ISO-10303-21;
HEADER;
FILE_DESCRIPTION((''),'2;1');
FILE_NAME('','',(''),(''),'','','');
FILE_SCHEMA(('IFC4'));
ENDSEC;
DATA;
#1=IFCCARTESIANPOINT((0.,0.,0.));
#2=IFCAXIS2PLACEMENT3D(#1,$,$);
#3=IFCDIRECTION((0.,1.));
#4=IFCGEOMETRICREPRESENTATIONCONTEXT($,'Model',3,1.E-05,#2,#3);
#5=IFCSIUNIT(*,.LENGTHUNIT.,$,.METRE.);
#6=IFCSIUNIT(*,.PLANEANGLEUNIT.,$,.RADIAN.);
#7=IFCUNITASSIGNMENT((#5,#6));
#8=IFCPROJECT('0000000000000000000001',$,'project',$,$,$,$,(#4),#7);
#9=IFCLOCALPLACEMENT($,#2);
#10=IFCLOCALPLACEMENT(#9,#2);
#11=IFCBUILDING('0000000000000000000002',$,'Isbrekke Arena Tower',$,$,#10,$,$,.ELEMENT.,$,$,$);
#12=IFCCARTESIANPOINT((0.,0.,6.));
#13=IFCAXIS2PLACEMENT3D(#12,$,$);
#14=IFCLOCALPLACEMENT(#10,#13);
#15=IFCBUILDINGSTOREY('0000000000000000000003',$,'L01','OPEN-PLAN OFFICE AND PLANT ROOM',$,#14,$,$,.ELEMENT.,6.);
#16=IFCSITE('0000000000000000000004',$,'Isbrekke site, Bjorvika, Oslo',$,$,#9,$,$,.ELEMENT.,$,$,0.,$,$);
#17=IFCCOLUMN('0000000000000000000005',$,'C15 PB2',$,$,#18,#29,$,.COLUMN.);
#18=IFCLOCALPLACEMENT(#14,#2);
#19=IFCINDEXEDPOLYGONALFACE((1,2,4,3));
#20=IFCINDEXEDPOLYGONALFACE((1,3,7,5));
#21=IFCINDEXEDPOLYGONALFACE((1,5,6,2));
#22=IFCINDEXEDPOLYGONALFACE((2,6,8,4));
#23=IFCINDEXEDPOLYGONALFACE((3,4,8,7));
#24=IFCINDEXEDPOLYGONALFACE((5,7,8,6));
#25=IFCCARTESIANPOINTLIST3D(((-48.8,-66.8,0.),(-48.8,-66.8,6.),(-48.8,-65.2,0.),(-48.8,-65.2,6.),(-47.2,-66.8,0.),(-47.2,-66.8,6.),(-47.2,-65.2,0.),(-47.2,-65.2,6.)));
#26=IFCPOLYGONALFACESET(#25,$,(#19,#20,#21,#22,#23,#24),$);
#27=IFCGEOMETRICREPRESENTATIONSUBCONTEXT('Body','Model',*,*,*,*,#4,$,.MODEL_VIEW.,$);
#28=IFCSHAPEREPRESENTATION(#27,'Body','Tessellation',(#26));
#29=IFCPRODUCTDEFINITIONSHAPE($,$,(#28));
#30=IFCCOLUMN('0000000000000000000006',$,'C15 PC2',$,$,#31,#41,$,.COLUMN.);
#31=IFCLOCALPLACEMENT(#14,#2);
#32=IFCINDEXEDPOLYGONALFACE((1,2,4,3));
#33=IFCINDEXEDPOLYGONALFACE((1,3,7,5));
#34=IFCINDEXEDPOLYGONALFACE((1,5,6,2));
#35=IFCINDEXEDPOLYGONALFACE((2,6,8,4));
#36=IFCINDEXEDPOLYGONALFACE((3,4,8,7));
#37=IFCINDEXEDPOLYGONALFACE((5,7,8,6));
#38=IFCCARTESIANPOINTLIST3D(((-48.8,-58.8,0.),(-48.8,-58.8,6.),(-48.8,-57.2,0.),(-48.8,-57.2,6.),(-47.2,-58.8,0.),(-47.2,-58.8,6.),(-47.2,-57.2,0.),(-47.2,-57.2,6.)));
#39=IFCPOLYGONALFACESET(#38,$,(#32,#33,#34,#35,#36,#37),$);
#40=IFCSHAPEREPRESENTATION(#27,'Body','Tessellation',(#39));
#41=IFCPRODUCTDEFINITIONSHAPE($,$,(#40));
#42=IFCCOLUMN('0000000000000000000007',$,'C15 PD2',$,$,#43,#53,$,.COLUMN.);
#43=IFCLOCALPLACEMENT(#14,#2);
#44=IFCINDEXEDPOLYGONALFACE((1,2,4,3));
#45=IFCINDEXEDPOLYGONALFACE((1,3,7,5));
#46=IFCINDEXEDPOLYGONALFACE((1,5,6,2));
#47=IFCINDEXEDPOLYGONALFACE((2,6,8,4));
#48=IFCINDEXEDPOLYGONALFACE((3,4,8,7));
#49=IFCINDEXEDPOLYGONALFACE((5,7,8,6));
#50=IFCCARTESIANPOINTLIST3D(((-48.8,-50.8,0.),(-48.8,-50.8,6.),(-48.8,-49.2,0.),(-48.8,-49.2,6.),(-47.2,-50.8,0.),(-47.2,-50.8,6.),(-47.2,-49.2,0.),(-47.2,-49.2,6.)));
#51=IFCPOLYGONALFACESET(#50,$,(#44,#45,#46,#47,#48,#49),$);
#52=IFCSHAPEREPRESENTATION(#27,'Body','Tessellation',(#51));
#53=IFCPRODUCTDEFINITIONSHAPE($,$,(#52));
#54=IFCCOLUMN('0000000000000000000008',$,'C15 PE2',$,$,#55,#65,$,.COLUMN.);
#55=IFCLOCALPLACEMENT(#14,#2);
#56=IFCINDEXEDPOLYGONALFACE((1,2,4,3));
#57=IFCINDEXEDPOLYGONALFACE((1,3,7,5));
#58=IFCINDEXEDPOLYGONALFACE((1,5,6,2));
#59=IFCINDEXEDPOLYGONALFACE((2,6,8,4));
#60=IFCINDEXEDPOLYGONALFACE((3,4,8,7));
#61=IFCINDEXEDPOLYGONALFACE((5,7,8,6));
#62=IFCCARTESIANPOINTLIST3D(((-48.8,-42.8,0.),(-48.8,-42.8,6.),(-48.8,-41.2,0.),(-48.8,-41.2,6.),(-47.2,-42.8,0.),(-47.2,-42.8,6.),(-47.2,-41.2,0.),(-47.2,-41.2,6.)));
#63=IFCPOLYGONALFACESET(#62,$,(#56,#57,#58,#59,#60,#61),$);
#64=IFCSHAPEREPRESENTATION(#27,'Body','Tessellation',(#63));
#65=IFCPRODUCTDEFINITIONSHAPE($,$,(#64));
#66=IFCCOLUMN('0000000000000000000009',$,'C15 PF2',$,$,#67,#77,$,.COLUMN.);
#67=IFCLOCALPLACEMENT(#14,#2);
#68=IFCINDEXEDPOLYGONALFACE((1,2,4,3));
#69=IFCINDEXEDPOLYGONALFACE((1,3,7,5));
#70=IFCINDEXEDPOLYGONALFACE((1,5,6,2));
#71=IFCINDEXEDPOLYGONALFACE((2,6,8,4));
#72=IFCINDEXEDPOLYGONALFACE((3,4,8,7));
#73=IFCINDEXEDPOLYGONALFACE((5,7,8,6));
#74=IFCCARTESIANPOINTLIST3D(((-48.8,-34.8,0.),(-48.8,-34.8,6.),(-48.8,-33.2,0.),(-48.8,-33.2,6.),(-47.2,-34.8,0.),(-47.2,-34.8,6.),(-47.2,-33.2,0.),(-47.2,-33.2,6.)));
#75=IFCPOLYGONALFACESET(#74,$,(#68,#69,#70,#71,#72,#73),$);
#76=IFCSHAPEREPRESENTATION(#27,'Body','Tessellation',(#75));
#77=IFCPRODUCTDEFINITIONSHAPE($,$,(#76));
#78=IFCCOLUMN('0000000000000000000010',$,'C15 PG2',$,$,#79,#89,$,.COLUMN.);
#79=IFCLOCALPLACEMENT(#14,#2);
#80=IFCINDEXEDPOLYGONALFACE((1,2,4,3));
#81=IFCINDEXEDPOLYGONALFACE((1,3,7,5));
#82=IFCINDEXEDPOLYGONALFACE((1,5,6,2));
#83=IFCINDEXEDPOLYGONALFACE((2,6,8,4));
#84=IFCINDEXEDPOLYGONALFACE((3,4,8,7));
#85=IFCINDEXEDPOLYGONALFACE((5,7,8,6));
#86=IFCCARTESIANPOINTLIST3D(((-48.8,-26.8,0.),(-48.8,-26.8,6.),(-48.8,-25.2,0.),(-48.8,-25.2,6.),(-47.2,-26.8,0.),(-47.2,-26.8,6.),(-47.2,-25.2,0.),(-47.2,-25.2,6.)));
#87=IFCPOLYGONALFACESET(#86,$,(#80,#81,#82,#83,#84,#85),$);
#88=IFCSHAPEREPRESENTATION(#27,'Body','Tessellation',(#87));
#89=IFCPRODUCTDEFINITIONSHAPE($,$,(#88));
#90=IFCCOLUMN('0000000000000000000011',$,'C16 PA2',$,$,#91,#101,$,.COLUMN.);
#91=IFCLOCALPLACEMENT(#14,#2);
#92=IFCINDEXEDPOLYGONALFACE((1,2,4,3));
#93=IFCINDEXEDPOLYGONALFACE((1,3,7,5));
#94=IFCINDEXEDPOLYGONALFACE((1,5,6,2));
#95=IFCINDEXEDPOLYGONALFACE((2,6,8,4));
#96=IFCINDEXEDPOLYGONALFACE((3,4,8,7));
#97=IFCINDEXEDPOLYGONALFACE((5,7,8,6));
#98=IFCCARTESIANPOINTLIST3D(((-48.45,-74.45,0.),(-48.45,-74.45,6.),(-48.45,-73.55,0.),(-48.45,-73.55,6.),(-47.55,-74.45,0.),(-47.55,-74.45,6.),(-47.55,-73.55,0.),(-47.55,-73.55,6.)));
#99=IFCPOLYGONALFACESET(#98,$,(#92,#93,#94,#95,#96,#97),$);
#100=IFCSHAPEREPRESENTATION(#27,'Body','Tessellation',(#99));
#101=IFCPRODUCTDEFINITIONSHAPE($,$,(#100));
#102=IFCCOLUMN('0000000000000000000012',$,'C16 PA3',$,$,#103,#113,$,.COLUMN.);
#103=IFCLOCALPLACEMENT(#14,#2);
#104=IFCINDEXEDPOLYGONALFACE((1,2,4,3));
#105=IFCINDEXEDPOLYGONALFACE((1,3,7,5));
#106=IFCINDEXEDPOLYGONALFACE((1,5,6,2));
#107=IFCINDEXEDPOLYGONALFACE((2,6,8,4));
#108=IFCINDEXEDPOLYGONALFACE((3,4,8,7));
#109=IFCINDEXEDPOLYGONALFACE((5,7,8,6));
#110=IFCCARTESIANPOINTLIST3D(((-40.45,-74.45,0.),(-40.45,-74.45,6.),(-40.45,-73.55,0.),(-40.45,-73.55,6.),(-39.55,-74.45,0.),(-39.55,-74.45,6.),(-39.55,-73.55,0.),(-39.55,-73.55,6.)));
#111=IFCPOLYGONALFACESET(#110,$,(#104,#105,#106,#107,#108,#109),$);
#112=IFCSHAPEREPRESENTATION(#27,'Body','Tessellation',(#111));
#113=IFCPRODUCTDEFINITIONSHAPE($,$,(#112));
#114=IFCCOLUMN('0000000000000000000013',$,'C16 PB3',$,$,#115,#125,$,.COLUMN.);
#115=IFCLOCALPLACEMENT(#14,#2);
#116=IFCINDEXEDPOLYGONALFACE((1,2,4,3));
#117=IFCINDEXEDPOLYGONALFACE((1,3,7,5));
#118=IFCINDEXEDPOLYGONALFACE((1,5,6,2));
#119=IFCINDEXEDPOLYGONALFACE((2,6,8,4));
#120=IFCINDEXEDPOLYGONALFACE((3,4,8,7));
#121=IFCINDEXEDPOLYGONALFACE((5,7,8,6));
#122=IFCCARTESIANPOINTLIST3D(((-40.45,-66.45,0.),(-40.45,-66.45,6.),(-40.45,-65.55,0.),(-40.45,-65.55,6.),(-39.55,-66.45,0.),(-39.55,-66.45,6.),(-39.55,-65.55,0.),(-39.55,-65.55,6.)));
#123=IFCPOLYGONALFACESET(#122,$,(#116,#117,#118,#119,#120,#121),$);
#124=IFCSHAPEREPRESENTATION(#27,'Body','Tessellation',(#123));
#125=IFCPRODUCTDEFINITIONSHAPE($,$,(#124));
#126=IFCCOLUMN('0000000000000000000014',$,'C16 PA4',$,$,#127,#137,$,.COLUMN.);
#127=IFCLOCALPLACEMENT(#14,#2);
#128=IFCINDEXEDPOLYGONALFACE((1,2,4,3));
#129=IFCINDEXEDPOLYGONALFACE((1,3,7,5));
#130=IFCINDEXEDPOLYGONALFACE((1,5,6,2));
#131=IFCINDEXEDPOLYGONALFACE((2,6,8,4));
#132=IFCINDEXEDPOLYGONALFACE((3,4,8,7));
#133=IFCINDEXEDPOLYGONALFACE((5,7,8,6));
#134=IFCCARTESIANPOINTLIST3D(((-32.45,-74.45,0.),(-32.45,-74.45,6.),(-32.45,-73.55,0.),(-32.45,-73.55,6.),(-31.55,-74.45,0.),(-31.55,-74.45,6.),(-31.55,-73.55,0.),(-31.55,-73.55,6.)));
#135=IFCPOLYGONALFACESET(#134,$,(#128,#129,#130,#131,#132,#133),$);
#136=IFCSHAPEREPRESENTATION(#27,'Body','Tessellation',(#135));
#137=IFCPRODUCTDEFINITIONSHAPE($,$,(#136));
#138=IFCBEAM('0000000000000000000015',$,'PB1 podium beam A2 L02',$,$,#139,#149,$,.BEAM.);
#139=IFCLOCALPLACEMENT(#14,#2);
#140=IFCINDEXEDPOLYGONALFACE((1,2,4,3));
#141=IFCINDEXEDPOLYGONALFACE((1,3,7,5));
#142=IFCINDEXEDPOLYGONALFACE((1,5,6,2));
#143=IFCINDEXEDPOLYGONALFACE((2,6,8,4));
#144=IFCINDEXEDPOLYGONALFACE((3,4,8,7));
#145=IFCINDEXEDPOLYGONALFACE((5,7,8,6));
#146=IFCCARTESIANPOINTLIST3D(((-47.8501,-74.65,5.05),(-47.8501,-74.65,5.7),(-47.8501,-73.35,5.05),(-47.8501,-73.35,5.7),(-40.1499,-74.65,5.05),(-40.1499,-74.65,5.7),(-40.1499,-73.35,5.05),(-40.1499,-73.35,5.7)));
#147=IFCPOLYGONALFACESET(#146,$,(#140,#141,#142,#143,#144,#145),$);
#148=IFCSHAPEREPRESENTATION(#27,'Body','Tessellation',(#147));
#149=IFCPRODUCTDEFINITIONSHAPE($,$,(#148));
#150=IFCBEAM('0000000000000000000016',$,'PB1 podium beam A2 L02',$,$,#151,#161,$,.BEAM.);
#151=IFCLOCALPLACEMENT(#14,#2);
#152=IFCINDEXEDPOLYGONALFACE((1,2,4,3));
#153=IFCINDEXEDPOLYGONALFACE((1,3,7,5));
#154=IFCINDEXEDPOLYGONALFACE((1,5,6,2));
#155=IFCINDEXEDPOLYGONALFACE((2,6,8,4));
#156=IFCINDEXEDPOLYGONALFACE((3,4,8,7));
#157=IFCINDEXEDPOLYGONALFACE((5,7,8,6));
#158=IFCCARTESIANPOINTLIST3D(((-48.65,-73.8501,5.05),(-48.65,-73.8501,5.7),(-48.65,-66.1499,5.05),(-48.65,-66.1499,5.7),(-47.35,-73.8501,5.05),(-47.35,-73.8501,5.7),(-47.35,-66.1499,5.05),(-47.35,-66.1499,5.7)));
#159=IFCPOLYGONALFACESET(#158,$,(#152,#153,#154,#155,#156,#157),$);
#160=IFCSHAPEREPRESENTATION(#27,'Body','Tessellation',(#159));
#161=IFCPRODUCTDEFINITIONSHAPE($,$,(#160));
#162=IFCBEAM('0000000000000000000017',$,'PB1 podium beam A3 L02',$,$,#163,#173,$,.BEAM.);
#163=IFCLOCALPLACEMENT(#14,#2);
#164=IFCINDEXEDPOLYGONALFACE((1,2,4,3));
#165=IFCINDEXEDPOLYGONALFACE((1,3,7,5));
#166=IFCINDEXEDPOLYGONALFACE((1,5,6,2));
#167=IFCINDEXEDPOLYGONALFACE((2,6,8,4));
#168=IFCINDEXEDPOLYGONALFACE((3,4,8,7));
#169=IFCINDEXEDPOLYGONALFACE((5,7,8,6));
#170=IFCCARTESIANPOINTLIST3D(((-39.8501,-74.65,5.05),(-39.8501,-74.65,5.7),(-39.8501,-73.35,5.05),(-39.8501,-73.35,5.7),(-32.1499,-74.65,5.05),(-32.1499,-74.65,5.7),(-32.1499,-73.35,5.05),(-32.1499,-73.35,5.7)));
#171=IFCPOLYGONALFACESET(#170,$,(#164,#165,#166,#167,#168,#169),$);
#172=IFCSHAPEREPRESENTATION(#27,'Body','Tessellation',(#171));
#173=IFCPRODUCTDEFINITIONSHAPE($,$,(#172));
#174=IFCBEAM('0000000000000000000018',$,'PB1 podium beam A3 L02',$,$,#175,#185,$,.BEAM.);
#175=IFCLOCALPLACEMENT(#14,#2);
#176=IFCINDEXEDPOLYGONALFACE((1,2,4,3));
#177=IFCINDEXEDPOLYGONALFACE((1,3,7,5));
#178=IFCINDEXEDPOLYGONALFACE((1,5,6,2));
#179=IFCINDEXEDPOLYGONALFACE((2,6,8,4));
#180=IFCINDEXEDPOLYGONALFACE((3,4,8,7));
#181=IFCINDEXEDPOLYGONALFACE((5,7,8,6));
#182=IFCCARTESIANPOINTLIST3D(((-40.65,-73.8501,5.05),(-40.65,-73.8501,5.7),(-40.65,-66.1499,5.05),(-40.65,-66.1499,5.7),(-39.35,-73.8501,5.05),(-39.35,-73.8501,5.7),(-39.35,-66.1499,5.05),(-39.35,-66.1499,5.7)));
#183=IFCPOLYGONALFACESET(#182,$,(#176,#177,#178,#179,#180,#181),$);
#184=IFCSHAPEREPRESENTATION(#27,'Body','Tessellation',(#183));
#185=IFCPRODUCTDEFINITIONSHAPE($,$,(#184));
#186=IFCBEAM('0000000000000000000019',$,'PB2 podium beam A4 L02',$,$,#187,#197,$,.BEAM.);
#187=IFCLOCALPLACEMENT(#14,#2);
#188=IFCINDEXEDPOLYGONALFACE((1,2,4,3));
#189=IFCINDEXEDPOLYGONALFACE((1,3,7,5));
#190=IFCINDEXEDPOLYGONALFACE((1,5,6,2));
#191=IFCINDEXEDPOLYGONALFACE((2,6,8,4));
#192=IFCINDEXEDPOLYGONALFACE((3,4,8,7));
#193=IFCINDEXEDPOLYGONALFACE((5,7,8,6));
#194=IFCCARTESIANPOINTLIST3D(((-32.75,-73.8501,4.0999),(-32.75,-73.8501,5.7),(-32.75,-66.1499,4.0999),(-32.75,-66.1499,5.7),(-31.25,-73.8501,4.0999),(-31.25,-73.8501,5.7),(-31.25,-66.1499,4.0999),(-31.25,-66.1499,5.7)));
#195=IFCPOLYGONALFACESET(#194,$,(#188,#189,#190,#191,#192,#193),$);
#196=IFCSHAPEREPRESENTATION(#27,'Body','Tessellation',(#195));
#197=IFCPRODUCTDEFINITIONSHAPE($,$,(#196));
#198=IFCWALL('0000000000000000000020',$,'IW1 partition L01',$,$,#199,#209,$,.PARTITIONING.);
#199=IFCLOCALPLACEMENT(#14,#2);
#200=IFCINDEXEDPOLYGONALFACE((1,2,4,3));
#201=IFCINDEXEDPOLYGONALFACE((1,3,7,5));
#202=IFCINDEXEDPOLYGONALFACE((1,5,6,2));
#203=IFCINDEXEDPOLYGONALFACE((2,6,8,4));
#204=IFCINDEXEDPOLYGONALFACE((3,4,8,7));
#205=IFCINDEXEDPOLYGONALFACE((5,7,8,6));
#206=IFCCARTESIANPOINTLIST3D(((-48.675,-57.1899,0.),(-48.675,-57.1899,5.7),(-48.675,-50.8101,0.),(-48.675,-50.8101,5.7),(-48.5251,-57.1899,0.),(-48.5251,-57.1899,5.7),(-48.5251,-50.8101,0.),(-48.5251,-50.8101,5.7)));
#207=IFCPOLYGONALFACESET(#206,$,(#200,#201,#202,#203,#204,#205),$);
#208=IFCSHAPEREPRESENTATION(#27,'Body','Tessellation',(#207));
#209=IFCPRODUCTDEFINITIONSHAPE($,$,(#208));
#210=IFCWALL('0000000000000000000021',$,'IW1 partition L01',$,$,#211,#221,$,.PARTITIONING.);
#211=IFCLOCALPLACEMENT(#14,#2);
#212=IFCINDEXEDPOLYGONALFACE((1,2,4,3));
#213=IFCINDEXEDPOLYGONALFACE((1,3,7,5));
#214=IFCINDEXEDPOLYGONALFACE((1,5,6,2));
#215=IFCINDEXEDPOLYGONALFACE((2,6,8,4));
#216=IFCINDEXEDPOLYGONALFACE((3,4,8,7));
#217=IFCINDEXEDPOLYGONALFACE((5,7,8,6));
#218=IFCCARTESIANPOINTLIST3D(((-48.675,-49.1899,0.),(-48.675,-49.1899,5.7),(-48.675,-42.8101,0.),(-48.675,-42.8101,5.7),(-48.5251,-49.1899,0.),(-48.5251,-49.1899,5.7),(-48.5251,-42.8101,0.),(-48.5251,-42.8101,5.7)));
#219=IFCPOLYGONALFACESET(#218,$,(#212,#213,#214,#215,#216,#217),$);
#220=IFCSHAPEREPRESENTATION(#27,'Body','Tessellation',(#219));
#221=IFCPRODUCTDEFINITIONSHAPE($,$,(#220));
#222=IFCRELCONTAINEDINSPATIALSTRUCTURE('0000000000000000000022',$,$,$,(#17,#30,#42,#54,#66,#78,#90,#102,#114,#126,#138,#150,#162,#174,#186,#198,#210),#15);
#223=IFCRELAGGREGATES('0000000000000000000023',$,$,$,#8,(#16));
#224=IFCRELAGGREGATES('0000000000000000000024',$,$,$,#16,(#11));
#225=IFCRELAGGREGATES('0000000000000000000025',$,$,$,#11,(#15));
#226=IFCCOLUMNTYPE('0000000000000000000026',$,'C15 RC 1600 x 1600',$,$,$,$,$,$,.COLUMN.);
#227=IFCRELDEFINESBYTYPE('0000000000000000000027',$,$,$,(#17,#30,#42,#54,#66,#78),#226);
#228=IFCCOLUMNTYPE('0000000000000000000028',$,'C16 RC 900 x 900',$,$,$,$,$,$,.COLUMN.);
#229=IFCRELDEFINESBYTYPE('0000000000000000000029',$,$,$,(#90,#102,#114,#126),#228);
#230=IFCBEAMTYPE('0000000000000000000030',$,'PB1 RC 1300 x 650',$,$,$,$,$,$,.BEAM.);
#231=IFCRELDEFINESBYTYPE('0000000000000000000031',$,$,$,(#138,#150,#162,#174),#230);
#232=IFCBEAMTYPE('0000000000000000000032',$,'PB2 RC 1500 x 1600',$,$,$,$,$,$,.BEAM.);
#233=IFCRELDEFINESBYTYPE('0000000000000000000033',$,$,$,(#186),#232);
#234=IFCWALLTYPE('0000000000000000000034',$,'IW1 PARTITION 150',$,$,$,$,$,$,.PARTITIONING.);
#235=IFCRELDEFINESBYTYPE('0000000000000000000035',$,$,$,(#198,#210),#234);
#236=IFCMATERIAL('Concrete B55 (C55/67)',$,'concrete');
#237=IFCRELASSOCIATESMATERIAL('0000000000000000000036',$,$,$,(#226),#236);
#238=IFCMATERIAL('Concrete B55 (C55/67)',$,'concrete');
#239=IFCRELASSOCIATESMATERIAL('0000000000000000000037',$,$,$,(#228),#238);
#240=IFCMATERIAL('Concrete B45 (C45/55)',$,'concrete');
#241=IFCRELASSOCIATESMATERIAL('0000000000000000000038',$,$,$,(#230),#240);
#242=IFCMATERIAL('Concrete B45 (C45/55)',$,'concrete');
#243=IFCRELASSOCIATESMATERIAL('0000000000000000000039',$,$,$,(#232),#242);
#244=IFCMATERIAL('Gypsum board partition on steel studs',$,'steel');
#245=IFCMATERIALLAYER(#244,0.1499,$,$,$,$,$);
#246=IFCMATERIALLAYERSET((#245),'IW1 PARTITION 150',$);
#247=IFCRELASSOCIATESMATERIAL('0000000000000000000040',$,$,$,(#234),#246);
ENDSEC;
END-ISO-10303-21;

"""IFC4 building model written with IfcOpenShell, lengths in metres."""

from ifc_helpers import new_model, si_unit, direction, frame, frame_2d, origin, origin_2d, place, context, subcontext, project, spatial, rectangle, extrude, material, layer, layer_set, material_profile, profile_set, type_object, element, save


model = new_model("IFC4")

# Units and contexts
model_context = context("Model", 3, precision=1e-05, world=origin(), true_north=direction((0.0, 1.0)))
body_context = subcontext(model_context, "Body", "Model", "MODEL_VIEW")
ifc_project = project(units=[si_unit("LENGTHUNIT", "METRE"), si_unit("PLANEANGLEUNIT", "RADIAN")], contexts=[model_context])

# Site, building, storey
site_placement = place(None, origin())
site = spatial("IfcSite", under=ifc_project, at=site_placement, Name="Isbrekke site, Bjorvika, Oslo", CompositionType="ELEMENT", RefElevation=0.0)
building_placement = place(site_placement, origin())
building = spatial("IfcBuilding", under=site, at=building_placement, Name="Isbrekke Arena Tower", CompositionType="ELEMENT")
storey_placement = place(building_placement, frame((0.0, 0.0, 6.0)))
storey = spatial("IfcBuildingStorey", under=building, at=storey_placement, Name="L01", Description="OPEN-PLAN OFFICE AND PLANT ROOM", CompositionType="ELEMENT", Elevation=6.0)

# Columns
ifc_material_1 = material(Name="Concrete B55 (C55/67)", Category="concrete")
ifc_material_profile_1 = material_profile(ifc_material_1, rectangle(XDim=1.6001, YDim=1.6001, at=origin_2d()), Name="RC 1600x1600")
ifc_profile_set_1 = profile_set([ifc_material_profile_1], Name="Concrete B55 (C55/67)")
column_type_1 = type_object("IfcColumnType", Name="C15 RC 1600 x 1600", PredefinedType="COLUMN", material=ifc_profile_set_1)
for number, where, z_axis, x_axis, name in (
    (1, (-48.0, -66.0, 0.0), (0.0, 0.0, 1.0), (1.0, 0.0, 0.0), "C15 PB2"),
    (2, (-48.0, -58.0, 0.0), (0.0, 0.0, 1.0), (1.0, 0.0, 0.0), "C15 PC2"),
    (3, (-48.0, -50.0, 0.0), (0.0, 0.0, 1.0), (1.0, 0.0, 0.0), "C15 PD2"),
    (4, (-48.0, -42.0, 0.0), (0.0, 0.0, 1.0), (1.0, 0.0, 0.0), "C15 PE2"),
    (5, (-48.0, -34.0, 0.0), (0.0, 0.0, 1.0), (1.0, 0.0, 0.0), "C15 PF2"),
    (6, (-48.0, -26.0, 0.0), (0.0, 0.0, 1.0), (1.0, 0.0, 0.0), "C15 PG2"),
):
    element("IfcColumn", number, at=place(storey_placement, frame(where, z_axis=z_axis, x_axis=x_axis)), inside=storey, type_object=column_type_1, Name=name, PredefinedType="COLUMN", context=body_context, shape_type="SweptSolid", body=[
        extrude(rectangle(XDim=1.6001, YDim=1.6001, at=origin_2d()), origin(), (0.0, 0.0, 1.0), 6.0),
    ])
ifc_material_2 = material(Name="Concrete B55 (C55/67)", Category="concrete")
ifc_material_profile_2 = material_profile(ifc_material_2, rectangle(XDim=0.8999, YDim=0.8999, at=origin_2d()), Name="RC 900x900")
ifc_profile_set_2 = profile_set([ifc_material_profile_2], Name="Concrete B55 (C55/67)")
column_type_2 = type_object("IfcColumnType", Name="C16 RC 900 x 900", PredefinedType="COLUMN", material=ifc_profile_set_2)
for number, where, z_axis, x_axis, name in (
    (7, (-48.0, -74.0, 0.0), (0.0, 0.0, 1.0), (1.0, 0.0, 0.0), "C16 PA2"),
    (8, (-40.0, -74.0, 0.0), (0.0, 0.0, 1.0), (1.0, 0.0, 0.0), "C16 PA3"),
    (9, (-40.0, -66.0, 0.0), (0.0, 0.0, 1.0), (1.0, 0.0, 0.0), "C16 PB3"),
    (10, (-32.0, -74.0, 0.0), (0.0, 0.0, 1.0), (1.0, 0.0, 0.0), "C16 PA4"),
):
    element("IfcColumn", number, at=place(storey_placement, frame(where, z_axis=z_axis, x_axis=x_axis)), inside=storey, type_object=column_type_2, Name=name, PredefinedType="COLUMN", context=body_context, shape_type="SweptSolid", body=[
        extrude(rectangle(XDim=0.8999, YDim=0.8999, at=origin_2d()), origin(), (0.0, 0.0, 1.0), 6.0),
    ])

# Beams
ifc_material_3 = material(Name="Concrete B45 (C45/55)", Category="concrete")
ifc_material_profile_3 = material_profile(ifc_material_3, rectangle(XDim=1.3, YDim=0.6499, at=origin_2d()), Name="RC 1300x650")
ifc_profile_set_3 = profile_set([ifc_material_profile_3], Name="Concrete B45 (C45/55)")
beam_type_1 = type_object("IfcBeamType", Name="PB1 RC 1300 x 650", PredefinedType="BEAM", material=ifc_profile_set_3)
for number, where, z_axis, x_axis, name in (
    (11, (-47.8501, -74.0, 5.375), (1.0, 0.0, 0.0), (0.0, 1.0, 0.0), "PB1 podium beam A2 L02"),
    (12, (-48.0, -73.8501, 5.375), (0.0, 1.0, 0.0), (-1.0, 0.0, 0.0), "PB1 podium beam A2 L02"),
    (13, (-39.8501, -74.0, 5.375), (1.0, 0.0, 0.0), (0.0, 1.0, 0.0), "PB1 podium beam A3 L02"),
    (14, (-40.0, -73.8501, 5.375), (0.0, 1.0, 0.0), (-1.0, 0.0, 0.0), "PB1 podium beam A3 L02"),
):
    element("IfcBeam", number, at=place(storey_placement, frame(where, z_axis=z_axis, x_axis=x_axis)), inside=storey, type_object=beam_type_1, Name=name, PredefinedType="BEAM", context=body_context, shape_type="SweptSolid", body=[
        extrude(rectangle(XDim=1.3, YDim=0.6499, at=origin_2d()), origin(), (0.0, 0.0, 1.0), 7.7002),
    ])
ifc_material_4 = material(Name="Concrete B45 (C45/55)", Category="concrete")
ifc_material_profile_4 = material_profile(ifc_material_4, rectangle(XDim=1.5, YDim=1.6001, at=origin_2d()), Name="RC 1500x1600")
ifc_profile_set_4 = profile_set([ifc_material_profile_4], Name="Concrete B45 (C45/55)")
beam_type_2 = type_object("IfcBeamType", Name="PB2 RC 1500 x 1600", PredefinedType="BEAM", material=ifc_profile_set_4)
beam_placement = place(storey_placement, frame((-32.0, -73.8501, 4.8999), z_axis=(0.0, 1.0, 0.0), x_axis=(-1.0, 0.0, 0.0)))
element("IfcBeam", 15, at=beam_placement, inside=storey, type_object=beam_type_2, Name="PB2 podium beam A4 L02", PredefinedType="BEAM", context=body_context, shape_type="SweptSolid", body=[
    extrude(rectangle(XDim=1.5, YDim=1.6001, at=origin_2d()), origin(), (0.0, 0.0, 1.0), 7.7002),
])

# Walls
ifc_material_5 = material(Name="Gypsum board partition on steel studs", Category="steel")
ifc_layer = layer(ifc_material_5, 0.1499)
ifc_layer_set = layer_set([ifc_layer], Name="IW1 PARTITION 150")
wall_type = type_object("IfcWallType", Name="IW1 PARTITION 150", PredefinedType="PARTITIONING", material=ifc_layer_set)
for number, where, z_axis, x_axis, name in (
    (16, (-48.6001, -57.1899, 0.0), (0.0, 0.0, 1.0), (0.0, 1.0, 0.0), "IW1 partition L01"),
    (17, (-48.6001, -49.1899, 0.0), (0.0, 0.0, 1.0), (0.0, 1.0, 0.0), "IW1 partition L01"),
):
    element("IfcWall", number, at=place(storey_placement, frame(where, z_axis=z_axis, x_axis=x_axis)), inside=storey, type_object=wall_type, Name=name, PredefinedType="PARTITIONING", context=body_context, shape_type="SweptSolid", body=[
        extrude(rectangle(XDim=6.3799, YDim=0.1499, at=frame_2d((3.1899, 0.0))), origin(), (0.0, 0.0, 1.0), 5.7),
    ])

save(model, "model.ifc")
